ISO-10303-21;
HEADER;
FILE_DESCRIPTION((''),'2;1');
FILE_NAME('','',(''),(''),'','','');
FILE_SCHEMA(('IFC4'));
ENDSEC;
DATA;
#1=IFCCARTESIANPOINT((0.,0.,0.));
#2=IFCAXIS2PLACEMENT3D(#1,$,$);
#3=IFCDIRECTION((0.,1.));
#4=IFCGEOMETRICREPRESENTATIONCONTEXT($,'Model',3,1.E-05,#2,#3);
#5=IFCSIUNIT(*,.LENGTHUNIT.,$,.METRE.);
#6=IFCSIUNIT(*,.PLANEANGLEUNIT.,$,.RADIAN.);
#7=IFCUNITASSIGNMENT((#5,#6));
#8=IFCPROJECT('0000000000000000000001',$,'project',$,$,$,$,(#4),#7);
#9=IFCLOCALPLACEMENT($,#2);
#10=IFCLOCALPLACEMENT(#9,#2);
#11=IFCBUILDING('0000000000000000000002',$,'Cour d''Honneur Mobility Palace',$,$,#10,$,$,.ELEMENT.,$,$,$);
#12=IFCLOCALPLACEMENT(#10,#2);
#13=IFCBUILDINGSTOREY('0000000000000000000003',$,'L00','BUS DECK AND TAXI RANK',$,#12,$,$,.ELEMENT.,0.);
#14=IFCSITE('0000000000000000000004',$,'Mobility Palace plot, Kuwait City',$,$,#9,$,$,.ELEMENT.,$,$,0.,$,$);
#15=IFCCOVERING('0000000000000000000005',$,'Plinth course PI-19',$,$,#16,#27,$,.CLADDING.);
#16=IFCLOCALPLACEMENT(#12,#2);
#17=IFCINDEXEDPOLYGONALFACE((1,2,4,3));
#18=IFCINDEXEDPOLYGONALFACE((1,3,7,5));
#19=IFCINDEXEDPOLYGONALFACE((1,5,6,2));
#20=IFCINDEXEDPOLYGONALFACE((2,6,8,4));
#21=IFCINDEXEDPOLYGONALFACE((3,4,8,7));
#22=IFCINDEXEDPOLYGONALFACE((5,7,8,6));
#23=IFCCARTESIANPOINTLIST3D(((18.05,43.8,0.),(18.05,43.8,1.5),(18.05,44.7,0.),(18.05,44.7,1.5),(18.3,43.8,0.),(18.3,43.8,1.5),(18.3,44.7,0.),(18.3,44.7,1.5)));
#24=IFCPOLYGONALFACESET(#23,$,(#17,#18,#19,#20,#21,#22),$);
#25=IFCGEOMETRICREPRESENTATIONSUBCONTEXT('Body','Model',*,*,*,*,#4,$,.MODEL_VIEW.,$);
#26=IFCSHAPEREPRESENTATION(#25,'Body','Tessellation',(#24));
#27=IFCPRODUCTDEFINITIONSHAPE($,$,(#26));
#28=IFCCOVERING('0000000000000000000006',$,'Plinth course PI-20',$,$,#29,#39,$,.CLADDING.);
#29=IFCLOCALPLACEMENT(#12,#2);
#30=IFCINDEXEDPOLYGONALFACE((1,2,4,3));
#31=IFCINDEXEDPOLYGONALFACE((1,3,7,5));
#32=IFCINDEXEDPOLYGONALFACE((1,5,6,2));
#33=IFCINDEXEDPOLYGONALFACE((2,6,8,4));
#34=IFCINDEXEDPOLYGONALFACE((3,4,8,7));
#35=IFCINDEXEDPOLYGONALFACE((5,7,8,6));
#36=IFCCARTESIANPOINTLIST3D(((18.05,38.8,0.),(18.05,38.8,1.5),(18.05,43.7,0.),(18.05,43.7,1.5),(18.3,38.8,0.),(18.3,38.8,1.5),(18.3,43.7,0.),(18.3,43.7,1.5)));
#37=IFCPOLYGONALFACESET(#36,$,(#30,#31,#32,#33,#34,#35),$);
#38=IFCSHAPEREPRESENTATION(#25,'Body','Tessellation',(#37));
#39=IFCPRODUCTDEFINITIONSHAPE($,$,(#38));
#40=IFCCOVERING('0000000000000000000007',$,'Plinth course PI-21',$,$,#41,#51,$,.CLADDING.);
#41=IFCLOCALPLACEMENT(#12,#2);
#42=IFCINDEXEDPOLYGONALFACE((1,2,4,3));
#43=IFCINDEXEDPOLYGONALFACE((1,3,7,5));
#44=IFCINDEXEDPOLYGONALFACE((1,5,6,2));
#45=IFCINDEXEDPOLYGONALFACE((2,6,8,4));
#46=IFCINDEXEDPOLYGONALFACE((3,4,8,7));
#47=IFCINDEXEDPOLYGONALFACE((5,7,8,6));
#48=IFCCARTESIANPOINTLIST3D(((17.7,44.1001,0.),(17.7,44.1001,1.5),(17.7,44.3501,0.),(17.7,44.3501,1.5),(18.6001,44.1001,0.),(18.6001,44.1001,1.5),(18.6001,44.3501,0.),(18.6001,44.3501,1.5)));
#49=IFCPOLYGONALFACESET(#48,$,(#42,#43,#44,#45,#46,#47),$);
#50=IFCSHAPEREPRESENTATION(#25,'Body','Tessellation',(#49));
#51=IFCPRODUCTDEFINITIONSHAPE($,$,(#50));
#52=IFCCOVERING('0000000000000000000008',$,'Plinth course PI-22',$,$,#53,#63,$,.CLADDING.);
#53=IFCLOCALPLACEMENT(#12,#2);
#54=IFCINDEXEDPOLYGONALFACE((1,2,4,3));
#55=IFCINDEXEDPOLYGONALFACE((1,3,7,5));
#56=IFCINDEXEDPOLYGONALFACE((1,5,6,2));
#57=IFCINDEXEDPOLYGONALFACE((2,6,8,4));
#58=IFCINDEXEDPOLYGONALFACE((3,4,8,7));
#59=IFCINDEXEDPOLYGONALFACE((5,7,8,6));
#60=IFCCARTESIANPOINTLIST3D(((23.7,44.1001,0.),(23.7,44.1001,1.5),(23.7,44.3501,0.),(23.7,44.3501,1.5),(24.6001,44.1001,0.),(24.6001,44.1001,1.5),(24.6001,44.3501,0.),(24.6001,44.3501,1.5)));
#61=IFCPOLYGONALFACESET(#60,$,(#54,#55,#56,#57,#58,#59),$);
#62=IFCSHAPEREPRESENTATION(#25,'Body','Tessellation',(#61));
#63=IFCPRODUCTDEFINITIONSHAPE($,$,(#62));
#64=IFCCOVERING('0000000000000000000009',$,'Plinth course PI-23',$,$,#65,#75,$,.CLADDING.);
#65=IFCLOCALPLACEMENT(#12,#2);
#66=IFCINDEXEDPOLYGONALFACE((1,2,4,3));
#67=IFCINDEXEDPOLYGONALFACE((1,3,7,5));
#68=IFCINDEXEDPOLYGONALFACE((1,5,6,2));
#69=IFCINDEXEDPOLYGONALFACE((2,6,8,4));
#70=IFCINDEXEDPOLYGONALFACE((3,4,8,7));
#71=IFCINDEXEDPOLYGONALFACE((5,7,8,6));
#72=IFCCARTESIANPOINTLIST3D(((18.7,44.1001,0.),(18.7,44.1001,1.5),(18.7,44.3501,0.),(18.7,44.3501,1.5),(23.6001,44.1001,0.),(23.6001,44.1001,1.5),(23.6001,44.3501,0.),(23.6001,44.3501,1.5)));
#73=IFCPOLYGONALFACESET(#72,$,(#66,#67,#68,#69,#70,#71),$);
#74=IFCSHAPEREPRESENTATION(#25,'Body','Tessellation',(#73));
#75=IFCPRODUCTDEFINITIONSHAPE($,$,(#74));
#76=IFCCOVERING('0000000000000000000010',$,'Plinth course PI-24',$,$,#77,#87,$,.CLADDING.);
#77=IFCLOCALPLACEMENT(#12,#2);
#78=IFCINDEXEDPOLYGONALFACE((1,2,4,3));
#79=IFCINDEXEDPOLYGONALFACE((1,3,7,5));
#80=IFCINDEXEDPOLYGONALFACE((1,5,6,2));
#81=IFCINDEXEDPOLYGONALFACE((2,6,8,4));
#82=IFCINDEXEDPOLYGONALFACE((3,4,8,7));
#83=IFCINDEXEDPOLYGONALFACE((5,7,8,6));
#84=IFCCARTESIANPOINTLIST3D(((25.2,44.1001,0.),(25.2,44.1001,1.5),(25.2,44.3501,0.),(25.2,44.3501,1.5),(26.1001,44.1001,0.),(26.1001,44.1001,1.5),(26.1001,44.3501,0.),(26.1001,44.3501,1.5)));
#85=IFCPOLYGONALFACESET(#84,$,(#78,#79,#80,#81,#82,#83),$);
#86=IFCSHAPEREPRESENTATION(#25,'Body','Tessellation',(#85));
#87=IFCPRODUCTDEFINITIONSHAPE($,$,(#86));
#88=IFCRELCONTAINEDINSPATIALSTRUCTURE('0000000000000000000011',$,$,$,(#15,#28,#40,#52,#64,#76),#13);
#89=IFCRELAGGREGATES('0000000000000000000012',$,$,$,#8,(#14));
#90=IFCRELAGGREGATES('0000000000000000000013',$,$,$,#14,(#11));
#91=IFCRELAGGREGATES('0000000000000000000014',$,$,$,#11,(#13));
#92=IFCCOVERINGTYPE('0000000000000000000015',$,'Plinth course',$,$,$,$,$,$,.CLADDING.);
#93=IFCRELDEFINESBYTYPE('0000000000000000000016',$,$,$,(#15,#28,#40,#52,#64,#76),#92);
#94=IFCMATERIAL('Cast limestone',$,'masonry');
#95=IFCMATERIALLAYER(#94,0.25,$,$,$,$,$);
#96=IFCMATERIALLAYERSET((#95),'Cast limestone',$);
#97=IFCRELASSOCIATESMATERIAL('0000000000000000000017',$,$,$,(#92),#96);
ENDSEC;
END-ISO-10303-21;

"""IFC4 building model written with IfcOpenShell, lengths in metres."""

from ifc_helpers import new_model, si_unit, direction, origin, place, context, subcontext, project, spatial, polyline, outline, extrude, material, layer, layer_set, type_object, element, save


model = new_model("IFC4")

# Units and contexts
model_context = context("Model", 3, precision=1e-05, world=origin(), true_north=direction((0.0, 1.0)))
body_context = subcontext(model_context, "Body", "Model", "MODEL_VIEW")
ifc_project = project(units=[si_unit("LENGTHUNIT", "METRE"), si_unit("PLANEANGLEUNIT", "RADIAN")], contexts=[model_context])

# Site, building, storey
site_placement = place(None, origin())
site = spatial("IfcSite", under=ifc_project, at=site_placement, Name="Mobility Palace plot, Kuwait City", CompositionType="ELEMENT", RefElevation=0.0)
building_placement = place(site_placement, origin())
building = spatial("IfcBuilding", under=site, at=building_placement, Name="Cour d'Honneur Mobility Palace", CompositionType="ELEMENT")
storey_placement = place(building_placement, origin())
storey = spatial("IfcBuildingStorey", under=building, at=storey_placement, Name="L00", Description="BUS DECK AND TAXI RANK", CompositionType="ELEMENT", Elevation=0.0)

# Coverings
ifc_material = material(Name="Cast limestone", Category="masonry")
ifc_layer = layer(ifc_material, 0.25)
ifc_layer_set = layer_set([ifc_layer], Name="Cast limestone")
covering_type = type_object("IfcCoveringType", Name="Plinth course", PredefinedType="CLADDING", material=ifc_layer_set)
covering_1_placement = place(storey_placement, origin())
element("IfcCovering", 1, at=covering_1_placement, inside=storey, type_object=covering_type, Name="Plinth course PI-19", PredefinedType="CLADDING", context=body_context, shape_type="SweptSolid", body=[
    extrude(outline(polyline([(18.05, 43.8), (18.05, 44.7), (18.3, 44.7), (18.3, 43.8), (18.05, 43.8)])), origin(), (0.0, 0.0, 1.0), 1.5),
])
covering_2_placement = place(storey_placement, origin())
element("IfcCovering", 2, at=covering_2_placement, inside=storey, type_object=covering_type, Name="Plinth course PI-20", PredefinedType="CLADDING", context=body_context, shape_type="SweptSolid", body=[
    extrude(outline(polyline([(18.05, 38.8), (18.05, 43.7), (18.3, 43.7), (18.3, 38.8), (18.05, 38.8)])), origin(), (0.0, 0.0, 1.0), 1.5),
])
covering_3_placement = place(storey_placement, origin())
element("IfcCovering", 3, at=covering_3_placement, inside=storey, type_object=covering_type, Name="Plinth course PI-21", PredefinedType="CLADDING", context=body_context, shape_type="SweptSolid", body=[
    extrude(outline(polyline([(17.7, 44.3501), (18.6001, 44.3501), (18.6001, 44.1001), (17.7, 44.1001), (17.7, 44.3501)])), origin(), (0.0, 0.0, 1.0), 1.5),
])
covering_4_placement = place(storey_placement, origin())
element("IfcCovering", 4, at=covering_4_placement, inside=storey, type_object=covering_type, Name="Plinth course PI-22", PredefinedType="CLADDING", context=body_context, shape_type="SweptSolid", body=[
    extrude(outline(polyline([(23.7, 44.3501), (24.6001, 44.3501), (24.6001, 44.1001), (23.7, 44.1001), (23.7, 44.3501)])), origin(), (0.0, 0.0, 1.0), 1.5),
])
covering_5_placement = place(storey_placement, origin())
element("IfcCovering", 5, at=covering_5_placement, inside=storey, type_object=covering_type, Name="Plinth course PI-23", PredefinedType="CLADDING", context=body_context, shape_type="SweptSolid", body=[
    extrude(outline(polyline([(18.7, 44.3501), (23.6001, 44.3501), (23.6001, 44.1001), (18.7, 44.1001), (18.7, 44.3501)])), origin(), (0.0, 0.0, 1.0), 1.5),
])
covering_6_placement = place(storey_placement, origin())
element("IfcCovering", 6, at=covering_6_placement, inside=storey, type_object=covering_type, Name="Plinth course PI-24", PredefinedType="CLADDING", context=body_context, shape_type="SweptSolid", body=[
    extrude(outline(polyline([(25.2, 44.3501), (26.1001, 44.3501), (26.1001, 44.1001), (25.2, 44.1001), (25.2, 44.3501)])), origin(), (0.0, 0.0, 1.0), 1.5),
])

save(model, "model.ifc")
